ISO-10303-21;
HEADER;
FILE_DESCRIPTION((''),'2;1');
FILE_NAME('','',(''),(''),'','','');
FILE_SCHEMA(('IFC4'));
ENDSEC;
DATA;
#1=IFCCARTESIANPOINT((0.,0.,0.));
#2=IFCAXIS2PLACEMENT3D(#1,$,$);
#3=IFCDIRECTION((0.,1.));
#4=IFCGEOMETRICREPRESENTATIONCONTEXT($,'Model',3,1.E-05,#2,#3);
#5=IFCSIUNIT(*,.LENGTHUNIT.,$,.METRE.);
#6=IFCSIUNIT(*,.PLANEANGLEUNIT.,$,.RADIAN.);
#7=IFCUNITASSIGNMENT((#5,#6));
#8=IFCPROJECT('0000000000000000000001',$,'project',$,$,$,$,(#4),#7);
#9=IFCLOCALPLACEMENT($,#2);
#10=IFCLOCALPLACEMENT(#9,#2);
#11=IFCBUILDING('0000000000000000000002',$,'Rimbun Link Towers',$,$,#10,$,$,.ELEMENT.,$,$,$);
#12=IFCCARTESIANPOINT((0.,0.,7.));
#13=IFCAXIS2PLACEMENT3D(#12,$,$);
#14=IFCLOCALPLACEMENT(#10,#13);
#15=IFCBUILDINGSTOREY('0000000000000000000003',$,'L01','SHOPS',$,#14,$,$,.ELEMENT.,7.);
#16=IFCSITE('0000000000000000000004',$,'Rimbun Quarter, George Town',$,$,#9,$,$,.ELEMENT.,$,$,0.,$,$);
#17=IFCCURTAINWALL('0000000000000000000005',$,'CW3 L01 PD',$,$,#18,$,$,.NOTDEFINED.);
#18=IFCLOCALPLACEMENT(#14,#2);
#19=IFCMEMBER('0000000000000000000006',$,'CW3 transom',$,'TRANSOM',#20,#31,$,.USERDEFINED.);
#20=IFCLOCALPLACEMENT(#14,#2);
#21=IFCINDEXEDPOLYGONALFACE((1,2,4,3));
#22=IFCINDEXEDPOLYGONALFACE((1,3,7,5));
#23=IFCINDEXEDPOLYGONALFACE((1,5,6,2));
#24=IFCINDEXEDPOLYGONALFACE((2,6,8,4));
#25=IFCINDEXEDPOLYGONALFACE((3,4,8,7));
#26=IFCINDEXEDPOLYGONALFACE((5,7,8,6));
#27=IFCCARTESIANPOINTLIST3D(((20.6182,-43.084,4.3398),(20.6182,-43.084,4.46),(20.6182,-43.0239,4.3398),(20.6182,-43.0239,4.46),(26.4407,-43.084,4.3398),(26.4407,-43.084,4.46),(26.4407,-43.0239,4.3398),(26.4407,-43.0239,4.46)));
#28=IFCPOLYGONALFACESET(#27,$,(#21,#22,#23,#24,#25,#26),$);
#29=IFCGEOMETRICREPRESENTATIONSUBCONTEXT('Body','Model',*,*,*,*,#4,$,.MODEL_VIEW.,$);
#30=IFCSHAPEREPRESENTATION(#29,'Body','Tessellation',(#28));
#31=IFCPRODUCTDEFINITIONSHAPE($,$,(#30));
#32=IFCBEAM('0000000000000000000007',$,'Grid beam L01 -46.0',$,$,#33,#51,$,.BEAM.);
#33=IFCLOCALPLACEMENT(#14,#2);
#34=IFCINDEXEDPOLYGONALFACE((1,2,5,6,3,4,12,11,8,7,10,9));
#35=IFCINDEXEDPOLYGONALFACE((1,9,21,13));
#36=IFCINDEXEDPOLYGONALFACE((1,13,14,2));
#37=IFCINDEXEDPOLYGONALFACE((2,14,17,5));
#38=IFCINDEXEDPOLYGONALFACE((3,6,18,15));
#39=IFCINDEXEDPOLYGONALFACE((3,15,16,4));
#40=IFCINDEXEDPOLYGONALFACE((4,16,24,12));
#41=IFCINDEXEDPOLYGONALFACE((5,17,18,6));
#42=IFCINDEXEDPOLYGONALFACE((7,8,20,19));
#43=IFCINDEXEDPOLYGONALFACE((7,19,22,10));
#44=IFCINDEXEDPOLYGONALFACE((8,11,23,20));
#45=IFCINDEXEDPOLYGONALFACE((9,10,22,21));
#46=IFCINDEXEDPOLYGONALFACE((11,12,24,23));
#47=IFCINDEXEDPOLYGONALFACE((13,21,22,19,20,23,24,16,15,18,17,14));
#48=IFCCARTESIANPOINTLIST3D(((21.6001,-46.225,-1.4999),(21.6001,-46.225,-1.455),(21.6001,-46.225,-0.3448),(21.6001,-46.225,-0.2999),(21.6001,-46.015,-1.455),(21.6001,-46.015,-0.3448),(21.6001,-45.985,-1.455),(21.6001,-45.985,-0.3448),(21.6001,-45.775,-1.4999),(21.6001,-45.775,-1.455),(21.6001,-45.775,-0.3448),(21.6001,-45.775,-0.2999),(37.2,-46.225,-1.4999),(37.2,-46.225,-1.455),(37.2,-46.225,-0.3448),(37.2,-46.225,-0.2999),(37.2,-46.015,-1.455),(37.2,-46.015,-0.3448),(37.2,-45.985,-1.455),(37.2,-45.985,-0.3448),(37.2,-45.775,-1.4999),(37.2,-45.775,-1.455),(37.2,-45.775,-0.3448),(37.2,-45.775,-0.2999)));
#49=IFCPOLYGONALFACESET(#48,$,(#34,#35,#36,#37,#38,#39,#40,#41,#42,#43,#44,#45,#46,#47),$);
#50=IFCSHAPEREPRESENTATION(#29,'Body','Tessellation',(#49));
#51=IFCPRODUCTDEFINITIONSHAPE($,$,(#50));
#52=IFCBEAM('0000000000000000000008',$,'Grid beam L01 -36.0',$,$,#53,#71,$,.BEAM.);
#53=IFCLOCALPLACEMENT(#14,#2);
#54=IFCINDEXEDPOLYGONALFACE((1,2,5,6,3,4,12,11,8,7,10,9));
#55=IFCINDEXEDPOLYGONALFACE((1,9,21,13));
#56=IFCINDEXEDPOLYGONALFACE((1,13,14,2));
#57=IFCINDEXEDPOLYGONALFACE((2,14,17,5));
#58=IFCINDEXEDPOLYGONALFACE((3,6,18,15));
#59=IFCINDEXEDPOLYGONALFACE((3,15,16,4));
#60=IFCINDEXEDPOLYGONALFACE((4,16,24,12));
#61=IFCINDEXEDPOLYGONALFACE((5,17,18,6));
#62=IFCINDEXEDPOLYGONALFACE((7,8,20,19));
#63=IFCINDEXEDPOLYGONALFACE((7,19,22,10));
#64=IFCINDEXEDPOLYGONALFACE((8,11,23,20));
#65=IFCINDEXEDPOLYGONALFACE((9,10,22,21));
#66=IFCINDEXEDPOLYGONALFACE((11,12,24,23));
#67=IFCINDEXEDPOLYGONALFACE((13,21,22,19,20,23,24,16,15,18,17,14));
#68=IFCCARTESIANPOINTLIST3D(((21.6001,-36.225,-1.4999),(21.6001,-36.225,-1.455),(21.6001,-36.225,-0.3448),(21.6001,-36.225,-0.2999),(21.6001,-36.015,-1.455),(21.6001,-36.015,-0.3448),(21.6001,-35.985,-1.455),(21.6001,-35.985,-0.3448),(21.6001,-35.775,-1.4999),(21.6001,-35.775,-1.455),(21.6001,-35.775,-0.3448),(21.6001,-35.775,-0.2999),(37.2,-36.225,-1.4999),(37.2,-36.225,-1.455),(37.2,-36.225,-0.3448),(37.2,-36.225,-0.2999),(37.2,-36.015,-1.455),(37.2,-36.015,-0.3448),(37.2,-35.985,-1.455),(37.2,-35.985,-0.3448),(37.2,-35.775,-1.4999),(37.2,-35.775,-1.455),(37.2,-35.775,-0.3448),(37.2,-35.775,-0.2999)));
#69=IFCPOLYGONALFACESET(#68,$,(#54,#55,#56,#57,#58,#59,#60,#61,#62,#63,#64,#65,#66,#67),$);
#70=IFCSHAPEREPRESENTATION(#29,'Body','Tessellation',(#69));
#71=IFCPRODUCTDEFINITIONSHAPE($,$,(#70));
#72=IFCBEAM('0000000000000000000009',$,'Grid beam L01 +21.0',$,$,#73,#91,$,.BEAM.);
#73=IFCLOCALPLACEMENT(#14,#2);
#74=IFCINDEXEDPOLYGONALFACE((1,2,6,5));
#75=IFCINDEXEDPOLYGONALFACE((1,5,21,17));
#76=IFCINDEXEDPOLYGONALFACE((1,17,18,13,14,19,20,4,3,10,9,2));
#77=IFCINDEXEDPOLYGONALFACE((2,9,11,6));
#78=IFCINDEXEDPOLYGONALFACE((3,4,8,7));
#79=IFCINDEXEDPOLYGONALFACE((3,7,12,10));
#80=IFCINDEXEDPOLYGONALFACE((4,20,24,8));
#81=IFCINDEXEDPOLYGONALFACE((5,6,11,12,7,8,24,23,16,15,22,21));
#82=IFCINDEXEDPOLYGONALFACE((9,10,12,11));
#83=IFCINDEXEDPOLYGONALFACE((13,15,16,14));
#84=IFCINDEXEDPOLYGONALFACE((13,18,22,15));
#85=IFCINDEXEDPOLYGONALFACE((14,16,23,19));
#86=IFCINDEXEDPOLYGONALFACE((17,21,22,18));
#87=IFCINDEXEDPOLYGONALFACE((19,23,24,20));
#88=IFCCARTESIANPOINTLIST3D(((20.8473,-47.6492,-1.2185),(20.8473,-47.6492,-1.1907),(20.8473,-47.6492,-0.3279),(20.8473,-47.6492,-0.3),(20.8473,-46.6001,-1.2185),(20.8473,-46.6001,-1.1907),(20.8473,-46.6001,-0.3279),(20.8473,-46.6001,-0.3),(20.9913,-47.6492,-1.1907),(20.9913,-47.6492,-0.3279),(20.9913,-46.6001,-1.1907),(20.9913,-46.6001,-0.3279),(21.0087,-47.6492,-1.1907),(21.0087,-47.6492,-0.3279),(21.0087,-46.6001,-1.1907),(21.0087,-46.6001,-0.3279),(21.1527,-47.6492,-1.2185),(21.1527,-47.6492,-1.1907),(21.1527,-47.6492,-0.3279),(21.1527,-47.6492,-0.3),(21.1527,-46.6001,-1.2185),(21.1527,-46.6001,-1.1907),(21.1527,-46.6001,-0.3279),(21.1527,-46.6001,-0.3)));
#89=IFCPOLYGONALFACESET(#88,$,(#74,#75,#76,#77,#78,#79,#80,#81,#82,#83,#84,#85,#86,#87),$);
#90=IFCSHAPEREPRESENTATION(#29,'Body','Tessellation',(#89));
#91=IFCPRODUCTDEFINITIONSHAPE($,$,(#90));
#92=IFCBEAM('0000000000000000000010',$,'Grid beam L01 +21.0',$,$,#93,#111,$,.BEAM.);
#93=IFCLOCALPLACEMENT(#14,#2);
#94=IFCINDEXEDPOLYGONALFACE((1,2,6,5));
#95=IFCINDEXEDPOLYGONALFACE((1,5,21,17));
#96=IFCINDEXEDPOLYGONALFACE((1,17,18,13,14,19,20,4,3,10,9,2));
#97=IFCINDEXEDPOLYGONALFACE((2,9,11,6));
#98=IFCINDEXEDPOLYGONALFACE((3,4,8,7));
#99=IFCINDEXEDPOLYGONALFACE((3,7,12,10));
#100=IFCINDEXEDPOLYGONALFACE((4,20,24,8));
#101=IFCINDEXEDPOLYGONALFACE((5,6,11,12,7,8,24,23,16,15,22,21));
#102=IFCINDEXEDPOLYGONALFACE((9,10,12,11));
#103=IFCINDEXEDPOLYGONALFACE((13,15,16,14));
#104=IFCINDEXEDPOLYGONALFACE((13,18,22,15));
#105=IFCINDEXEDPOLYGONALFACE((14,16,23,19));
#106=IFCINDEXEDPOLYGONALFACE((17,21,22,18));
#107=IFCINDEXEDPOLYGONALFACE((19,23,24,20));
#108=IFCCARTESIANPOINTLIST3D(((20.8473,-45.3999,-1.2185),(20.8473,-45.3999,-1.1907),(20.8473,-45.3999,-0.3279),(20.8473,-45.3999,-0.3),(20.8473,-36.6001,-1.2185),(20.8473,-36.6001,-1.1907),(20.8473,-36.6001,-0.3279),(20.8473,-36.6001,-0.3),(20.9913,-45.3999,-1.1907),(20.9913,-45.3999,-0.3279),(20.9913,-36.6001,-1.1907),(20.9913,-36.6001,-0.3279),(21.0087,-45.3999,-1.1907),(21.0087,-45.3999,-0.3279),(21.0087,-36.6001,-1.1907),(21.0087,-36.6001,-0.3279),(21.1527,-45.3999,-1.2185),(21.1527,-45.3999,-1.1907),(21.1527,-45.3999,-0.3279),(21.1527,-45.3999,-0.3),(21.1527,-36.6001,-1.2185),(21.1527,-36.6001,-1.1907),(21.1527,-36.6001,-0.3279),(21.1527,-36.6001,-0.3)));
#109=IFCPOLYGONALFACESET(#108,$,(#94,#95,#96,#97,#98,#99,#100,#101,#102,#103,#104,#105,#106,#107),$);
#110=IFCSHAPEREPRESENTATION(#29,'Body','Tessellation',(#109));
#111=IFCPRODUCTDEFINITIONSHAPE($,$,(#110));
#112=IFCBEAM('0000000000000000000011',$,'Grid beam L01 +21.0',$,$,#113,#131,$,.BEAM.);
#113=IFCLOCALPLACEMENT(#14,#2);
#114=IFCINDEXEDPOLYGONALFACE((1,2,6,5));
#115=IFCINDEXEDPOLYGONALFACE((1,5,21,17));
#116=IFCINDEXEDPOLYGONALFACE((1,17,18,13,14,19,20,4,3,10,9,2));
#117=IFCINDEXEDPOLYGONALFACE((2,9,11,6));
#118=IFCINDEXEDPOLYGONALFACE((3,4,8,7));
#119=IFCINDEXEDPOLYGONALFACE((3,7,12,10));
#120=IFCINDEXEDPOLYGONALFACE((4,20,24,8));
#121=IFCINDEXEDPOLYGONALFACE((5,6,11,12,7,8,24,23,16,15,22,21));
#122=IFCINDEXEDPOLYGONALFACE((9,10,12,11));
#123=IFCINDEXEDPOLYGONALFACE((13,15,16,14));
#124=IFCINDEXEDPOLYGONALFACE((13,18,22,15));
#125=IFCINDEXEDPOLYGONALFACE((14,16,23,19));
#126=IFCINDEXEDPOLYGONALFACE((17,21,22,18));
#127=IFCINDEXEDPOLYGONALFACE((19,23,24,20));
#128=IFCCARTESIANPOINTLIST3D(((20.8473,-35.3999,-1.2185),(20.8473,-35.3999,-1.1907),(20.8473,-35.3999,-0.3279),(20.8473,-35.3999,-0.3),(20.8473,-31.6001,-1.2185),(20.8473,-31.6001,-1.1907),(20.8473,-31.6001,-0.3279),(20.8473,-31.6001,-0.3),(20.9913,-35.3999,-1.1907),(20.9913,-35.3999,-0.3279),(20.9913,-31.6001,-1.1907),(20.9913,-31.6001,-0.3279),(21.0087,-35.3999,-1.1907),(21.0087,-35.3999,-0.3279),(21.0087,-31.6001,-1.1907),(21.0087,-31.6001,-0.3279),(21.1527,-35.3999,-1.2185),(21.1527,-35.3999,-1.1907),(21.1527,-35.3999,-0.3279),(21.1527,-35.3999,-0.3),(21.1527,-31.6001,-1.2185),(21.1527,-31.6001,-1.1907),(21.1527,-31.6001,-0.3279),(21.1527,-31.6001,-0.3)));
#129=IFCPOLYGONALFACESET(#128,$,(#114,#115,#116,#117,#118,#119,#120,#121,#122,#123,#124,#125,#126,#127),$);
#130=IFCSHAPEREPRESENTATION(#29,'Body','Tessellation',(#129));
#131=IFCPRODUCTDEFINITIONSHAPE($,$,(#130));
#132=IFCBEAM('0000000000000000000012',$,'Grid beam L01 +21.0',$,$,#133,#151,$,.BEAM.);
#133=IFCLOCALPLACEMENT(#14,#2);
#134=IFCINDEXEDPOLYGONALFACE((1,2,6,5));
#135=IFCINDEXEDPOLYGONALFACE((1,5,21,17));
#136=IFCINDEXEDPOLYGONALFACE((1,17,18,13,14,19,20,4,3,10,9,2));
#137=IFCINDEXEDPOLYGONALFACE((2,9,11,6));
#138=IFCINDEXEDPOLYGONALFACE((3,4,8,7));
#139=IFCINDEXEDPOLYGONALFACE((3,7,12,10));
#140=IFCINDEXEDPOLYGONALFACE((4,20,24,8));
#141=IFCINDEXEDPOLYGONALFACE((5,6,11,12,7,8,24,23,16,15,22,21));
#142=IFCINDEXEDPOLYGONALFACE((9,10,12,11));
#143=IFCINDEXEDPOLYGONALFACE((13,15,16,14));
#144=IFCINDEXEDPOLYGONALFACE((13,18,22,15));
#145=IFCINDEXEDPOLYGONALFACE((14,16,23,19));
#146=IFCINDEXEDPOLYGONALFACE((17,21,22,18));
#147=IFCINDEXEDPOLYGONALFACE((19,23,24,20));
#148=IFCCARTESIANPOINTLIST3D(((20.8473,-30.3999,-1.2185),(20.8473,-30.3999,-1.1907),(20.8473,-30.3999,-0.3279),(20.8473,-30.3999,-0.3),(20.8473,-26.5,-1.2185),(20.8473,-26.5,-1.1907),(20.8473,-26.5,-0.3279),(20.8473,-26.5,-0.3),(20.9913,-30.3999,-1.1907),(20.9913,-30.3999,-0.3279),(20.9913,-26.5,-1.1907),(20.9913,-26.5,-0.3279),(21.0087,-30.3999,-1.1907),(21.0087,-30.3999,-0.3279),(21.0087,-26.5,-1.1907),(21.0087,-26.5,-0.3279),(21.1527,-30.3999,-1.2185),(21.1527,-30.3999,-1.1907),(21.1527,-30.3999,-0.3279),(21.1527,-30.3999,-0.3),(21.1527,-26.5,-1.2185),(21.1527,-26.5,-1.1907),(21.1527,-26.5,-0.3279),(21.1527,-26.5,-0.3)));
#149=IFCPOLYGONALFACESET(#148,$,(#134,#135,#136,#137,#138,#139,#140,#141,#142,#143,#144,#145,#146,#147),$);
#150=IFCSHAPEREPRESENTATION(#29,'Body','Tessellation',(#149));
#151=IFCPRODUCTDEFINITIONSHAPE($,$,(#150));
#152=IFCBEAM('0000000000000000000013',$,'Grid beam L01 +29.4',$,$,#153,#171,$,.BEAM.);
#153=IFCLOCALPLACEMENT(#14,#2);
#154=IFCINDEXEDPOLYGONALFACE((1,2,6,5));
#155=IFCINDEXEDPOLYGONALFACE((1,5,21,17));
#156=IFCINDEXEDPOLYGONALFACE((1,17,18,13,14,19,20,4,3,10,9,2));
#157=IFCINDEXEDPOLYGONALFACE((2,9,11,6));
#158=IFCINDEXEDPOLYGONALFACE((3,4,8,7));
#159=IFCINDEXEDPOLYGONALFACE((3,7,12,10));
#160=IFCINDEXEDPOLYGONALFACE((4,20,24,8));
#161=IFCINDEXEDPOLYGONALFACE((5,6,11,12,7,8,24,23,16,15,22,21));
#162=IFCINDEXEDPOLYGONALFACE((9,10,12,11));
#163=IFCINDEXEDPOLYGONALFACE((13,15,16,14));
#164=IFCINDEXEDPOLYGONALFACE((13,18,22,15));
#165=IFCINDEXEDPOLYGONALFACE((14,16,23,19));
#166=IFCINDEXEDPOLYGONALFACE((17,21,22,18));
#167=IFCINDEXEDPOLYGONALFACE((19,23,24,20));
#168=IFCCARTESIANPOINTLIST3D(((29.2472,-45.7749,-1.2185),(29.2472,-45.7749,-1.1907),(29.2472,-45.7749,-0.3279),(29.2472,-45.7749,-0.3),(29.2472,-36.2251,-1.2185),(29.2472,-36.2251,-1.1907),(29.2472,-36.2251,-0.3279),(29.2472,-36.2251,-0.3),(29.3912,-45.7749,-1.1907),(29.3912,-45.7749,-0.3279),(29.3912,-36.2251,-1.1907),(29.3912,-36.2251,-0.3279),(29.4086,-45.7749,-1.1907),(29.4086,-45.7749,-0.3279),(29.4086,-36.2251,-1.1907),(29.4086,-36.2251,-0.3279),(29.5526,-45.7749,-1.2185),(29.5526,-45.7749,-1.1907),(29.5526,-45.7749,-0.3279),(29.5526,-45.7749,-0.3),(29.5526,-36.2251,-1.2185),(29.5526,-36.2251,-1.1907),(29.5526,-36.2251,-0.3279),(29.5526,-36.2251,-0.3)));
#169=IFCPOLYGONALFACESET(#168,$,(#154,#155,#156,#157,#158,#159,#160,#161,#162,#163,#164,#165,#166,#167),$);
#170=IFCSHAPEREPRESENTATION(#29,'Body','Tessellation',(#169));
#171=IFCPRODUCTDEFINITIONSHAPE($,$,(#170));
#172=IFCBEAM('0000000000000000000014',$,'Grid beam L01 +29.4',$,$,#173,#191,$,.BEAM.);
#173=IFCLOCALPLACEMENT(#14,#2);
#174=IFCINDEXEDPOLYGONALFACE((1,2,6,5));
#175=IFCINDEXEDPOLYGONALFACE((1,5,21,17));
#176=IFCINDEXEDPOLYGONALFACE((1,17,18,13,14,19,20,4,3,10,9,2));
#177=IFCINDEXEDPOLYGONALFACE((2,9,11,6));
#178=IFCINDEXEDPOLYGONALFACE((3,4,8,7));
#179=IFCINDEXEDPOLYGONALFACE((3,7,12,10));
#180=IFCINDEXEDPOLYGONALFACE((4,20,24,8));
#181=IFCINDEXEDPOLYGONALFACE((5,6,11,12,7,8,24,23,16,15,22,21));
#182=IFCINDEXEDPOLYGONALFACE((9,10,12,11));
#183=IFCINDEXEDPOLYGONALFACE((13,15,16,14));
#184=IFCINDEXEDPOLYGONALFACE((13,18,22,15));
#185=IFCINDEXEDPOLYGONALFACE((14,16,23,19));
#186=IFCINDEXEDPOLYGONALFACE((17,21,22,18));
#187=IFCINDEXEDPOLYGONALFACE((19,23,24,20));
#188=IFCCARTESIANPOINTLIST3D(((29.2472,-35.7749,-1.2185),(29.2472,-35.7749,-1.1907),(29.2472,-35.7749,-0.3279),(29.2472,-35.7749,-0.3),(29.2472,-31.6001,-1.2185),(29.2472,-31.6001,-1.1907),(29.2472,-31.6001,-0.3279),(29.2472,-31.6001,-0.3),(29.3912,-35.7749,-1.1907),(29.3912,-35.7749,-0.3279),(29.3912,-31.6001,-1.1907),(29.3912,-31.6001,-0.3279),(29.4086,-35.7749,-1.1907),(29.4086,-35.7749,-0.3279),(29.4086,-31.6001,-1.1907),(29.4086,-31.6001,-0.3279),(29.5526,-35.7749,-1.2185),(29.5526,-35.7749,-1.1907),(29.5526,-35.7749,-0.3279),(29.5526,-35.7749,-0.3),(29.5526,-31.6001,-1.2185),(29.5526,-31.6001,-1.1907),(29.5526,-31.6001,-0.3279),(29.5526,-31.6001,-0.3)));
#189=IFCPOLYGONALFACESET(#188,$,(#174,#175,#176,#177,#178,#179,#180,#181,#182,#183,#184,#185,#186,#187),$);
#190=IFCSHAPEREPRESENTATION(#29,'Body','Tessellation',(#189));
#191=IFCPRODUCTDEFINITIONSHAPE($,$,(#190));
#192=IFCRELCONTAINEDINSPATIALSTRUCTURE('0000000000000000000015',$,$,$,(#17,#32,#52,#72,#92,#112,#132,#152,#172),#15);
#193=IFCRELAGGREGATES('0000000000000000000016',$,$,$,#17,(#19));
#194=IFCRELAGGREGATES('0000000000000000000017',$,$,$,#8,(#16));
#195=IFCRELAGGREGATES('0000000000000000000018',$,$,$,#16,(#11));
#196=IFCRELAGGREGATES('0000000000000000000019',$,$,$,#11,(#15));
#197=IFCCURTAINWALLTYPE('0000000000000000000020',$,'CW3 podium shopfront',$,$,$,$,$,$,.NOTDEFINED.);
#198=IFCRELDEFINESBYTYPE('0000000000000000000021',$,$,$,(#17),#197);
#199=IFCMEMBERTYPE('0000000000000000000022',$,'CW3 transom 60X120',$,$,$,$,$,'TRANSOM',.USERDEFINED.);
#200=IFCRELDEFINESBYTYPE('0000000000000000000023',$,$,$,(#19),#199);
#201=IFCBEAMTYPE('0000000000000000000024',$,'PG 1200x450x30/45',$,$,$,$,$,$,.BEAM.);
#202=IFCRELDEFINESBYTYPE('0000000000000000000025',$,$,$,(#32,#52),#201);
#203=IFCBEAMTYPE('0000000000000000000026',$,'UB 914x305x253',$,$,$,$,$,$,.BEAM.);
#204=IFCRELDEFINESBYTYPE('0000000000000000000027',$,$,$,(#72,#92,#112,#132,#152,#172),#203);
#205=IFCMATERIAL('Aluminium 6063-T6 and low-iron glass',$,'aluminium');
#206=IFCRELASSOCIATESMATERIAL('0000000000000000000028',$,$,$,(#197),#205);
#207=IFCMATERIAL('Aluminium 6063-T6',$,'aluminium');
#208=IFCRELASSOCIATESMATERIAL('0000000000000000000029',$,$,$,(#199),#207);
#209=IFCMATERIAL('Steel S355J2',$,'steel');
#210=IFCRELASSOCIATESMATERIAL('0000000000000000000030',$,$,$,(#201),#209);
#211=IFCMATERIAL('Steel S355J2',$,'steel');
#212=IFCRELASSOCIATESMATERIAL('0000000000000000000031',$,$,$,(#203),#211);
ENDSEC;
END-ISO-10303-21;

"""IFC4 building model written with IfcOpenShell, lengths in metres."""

from ifc_helpers import new_model, si_unit, direction, frame, origin, origin_2d, place, context, subcontext, project, spatial, rectangle, i_section, extrude, material, material_profile, profile_set, type_object, element, aggregate, save


model = new_model("IFC4")

# Units and contexts
model_context = context("Model", 3, precision=1e-05, world=origin(), true_north=direction((0.0, 1.0)))
body_context = subcontext(model_context, "Body", "Model", "MODEL_VIEW")
ifc_project = project(units=[si_unit("LENGTHUNIT", "METRE"), si_unit("PLANEANGLEUNIT", "RADIAN")], contexts=[model_context])

# Site, building, storey
site_placement = place(None, origin())
site = spatial("IfcSite", under=ifc_project, at=site_placement, Name="Rimbun Quarter, George Town", CompositionType="ELEMENT", RefElevation=0.0)
building_placement = place(site_placement, origin())
building = spatial("IfcBuilding", under=site, at=building_placement, Name="Rimbun Link Towers", CompositionType="ELEMENT")
storey_placement = place(building_placement, frame((0.0, 0.0, 7.0)))
storey = spatial("IfcBuildingStorey", under=building, at=storey_placement, Name="L01", Description="SHOPS", CompositionType="ELEMENT", Elevation=7.0)

# Curtain wall, member
ifc_material_1 = material(Name="Aluminium 6063-T6 and low-iron glass", Category="aluminium")
curtain_wall_type = type_object("IfcCurtainWallType", Name="CW3 podium shopfront", PredefinedType="NOTDEFINED", material=ifc_material_1)
curtain_wall_placement = place(storey_placement, origin())
curtain_wall = element("IfcCurtainWall", 1, at=curtain_wall_placement, inside=storey, type_object=curtain_wall_type, Name="CW3 L01 PD", PredefinedType="NOTDEFINED")
ifc_material_2 = material(Name="Aluminium 6063-T6", Category="aluminium")
ifc_material_profile_1 = material_profile(ifc_material_2, rectangle(XDim=0.0601, YDim=0.1201, at=origin_2d()), Name="TRANSOM 60X120")
ifc_profile_set_1 = profile_set([ifc_material_profile_1], Name="Aluminium 6063-T6")
member_type_1 = type_object("IfcMemberType", Name="CW3 transom 60X120", ElementType="TRANSOM", PredefinedType="USERDEFINED", material=ifc_profile_set_1)
member_1_placement = place(storey_placement, frame((26.4407, -43.054, 4.3999), z_axis=(-1.0, 0.0, 0.0), x_axis=(0.0, -1.0, 0.0)))
member_1 = element("IfcMember", 2, at=member_1_placement, type_object=member_type_1, Name="CW3 transom", ObjectType="TRANSOM", PredefinedType="USERDEFINED", context=body_context, shape_type="SweptSolid", body=[
    extrude(rectangle(XDim=0.0601, YDim=0.1201, at=origin_2d()), origin(), (0.0, 0.0, 1.0), 5.8225),
])

# Beams
ifc_material_3 = material(Name="Steel S355J2", Category="steel")
ifc_material_profile_2 = material_profile(ifc_material_3, i_section(OverallWidth=0.45, OverallDepth=1.2, WebThickness=0.03, FlangeThickness=0.0449, at=origin_2d()), Name="PG 1200x450x30/45")
ifc_profile_set_2 = profile_set([ifc_material_profile_2], Name="Steel S355J2")
beam_type_1 = type_object("IfcBeamType", Name="PG 1200x450x30/45", PredefinedType="BEAM", material=ifc_profile_set_2)
for number, where, z_axis, x_axis, name in (
    (3, (21.6001, -46.0, -0.8999), (1.0, 0.0, 0.0), (0.0, 1.0, 0.0), "Grid beam L01 -46.0"),
    (4, (21.6001, -36.0, -0.8999), (1.0, 0.0, 0.0), (0.0, 1.0, 0.0), "Grid beam L01 -36.0"),
):
    element("IfcBeam", number, at=place(storey_placement, frame(where, z_axis=z_axis, x_axis=x_axis)), inside=storey, type_object=beam_type_1, Name=name, PredefinedType="BEAM", context=body_context, shape_type="SweptSolid", body=[
        extrude(i_section(OverallWidth=0.45, OverallDepth=1.2, WebThickness=0.03, FlangeThickness=0.0449, at=origin_2d()), origin(), (0.0, 0.0, 1.0), 15.5999),
    ])
ifc_material_4 = material(Name="Steel S355J2", Category="steel")
ifc_material_profile_3 = material_profile(ifc_material_4, i_section(OverallWidth=0.3054, OverallDepth=0.9185, WebThickness=0.0173, FlangeThickness=0.0278, at=origin_2d()), Name="UB 914x305x253")
ifc_profile_set_3 = profile_set([ifc_material_profile_3], Name="Steel S355J2")
beam_type_2 = type_object("IfcBeamType", Name="UB 914x305x253", PredefinedType="BEAM", material=ifc_profile_set_3)
beam_1_placement = place(storey_placement, frame((21.0, -47.6492, -0.7593), z_axis=(0.0, 1.0, 0.0), x_axis=(-1.0, 0.0, 0.0)))
element("IfcBeam", 5, at=beam_1_placement, inside=storey, type_object=beam_type_2, Name="Grid beam L01 +21.0", PredefinedType="BEAM", context=body_context, shape_type="SweptSolid", body=[
    extrude(i_section(OverallWidth=0.3054, OverallDepth=0.9185, WebThickness=0.0173, FlangeThickness=0.0278, at=origin_2d()), origin(), (0.0, 0.0, 1.0), 1.0491),
])
beam_2_placement = place(storey_placement, frame((21.0, -45.3999, -0.7593), z_axis=(0.0, 1.0, 0.0), x_axis=(-1.0, 0.0, 0.0)))
element("IfcBeam", 6, at=beam_2_placement, inside=storey, type_object=beam_type_2, Name="Grid beam L01 +21.0", PredefinedType="BEAM", context=body_context, shape_type="SweptSolid", body=[
    extrude(i_section(OverallWidth=0.3054, OverallDepth=0.9185, WebThickness=0.0173, FlangeThickness=0.0278, at=origin_2d()), origin(), (0.0, 0.0, 1.0), 8.7998),
])
beam_3_placement = place(storey_placement, frame((21.0, -35.3999, -0.7593), z_axis=(0.0, 1.0, 0.0), x_axis=(-1.0, 0.0, 0.0)))
element("IfcBeam", 7, at=beam_3_placement, inside=storey, type_object=beam_type_2, Name="Grid beam L01 +21.0", PredefinedType="BEAM", context=body_context, shape_type="SweptSolid", body=[
    extrude(i_section(OverallWidth=0.3054, OverallDepth=0.9185, WebThickness=0.0173, FlangeThickness=0.0278, at=origin_2d()), origin(), (0.0, 0.0, 1.0), 3.7998),
])
beam_4_placement = place(storey_placement, frame((21.0, -30.3999, -0.7593), z_axis=(0.0, 1.0, 0.0), x_axis=(-1.0, 0.0, 0.0)))
element("IfcBeam", 8, at=beam_4_placement, inside=storey, type_object=beam_type_2, Name="Grid beam L01 +21.0", PredefinedType="BEAM", context=body_context, shape_type="SweptSolid", body=[
    extrude(i_section(OverallWidth=0.3054, OverallDepth=0.9185, WebThickness=0.0173, FlangeThickness=0.0278, at=origin_2d()), origin(), (0.0, 0.0, 1.0), 3.8999),
])
beam_5_placement = place(storey_placement, frame((29.3999, -45.7749, -0.7593), z_axis=(0.0, 1.0, 0.0), x_axis=(-1.0, 0.0, 0.0)))
element("IfcBeam", 9, at=beam_5_placement, inside=storey, type_object=beam_type_2, Name="Grid beam L01 +29.4", PredefinedType="BEAM", context=body_context, shape_type="SweptSolid", body=[
    extrude(i_section(OverallWidth=0.3054, OverallDepth=0.9185, WebThickness=0.0173, FlangeThickness=0.0278, at=origin_2d()), origin(), (0.0, 0.0, 1.0), 9.5498),
])
beam_6_placement = place(storey_placement, frame((29.3999, -35.7749, -0.7593), z_axis=(0.0, 1.0, 0.0), x_axis=(-1.0, 0.0, 0.0)))
element("IfcBeam", 10, at=beam_6_placement, inside=storey, type_object=beam_type_2, Name="Grid beam L01 +29.4", PredefinedType="BEAM", context=body_context, shape_type="SweptSolid", body=[
    extrude(i_section(OverallWidth=0.3054, OverallDepth=0.9185, WebThickness=0.0173, FlangeThickness=0.0278, at=origin_2d()), origin(), (0.0, 0.0, 1.0), 4.1748),
])

aggregate(curtain_wall, [member_1])

save(model, "model.ifc")
